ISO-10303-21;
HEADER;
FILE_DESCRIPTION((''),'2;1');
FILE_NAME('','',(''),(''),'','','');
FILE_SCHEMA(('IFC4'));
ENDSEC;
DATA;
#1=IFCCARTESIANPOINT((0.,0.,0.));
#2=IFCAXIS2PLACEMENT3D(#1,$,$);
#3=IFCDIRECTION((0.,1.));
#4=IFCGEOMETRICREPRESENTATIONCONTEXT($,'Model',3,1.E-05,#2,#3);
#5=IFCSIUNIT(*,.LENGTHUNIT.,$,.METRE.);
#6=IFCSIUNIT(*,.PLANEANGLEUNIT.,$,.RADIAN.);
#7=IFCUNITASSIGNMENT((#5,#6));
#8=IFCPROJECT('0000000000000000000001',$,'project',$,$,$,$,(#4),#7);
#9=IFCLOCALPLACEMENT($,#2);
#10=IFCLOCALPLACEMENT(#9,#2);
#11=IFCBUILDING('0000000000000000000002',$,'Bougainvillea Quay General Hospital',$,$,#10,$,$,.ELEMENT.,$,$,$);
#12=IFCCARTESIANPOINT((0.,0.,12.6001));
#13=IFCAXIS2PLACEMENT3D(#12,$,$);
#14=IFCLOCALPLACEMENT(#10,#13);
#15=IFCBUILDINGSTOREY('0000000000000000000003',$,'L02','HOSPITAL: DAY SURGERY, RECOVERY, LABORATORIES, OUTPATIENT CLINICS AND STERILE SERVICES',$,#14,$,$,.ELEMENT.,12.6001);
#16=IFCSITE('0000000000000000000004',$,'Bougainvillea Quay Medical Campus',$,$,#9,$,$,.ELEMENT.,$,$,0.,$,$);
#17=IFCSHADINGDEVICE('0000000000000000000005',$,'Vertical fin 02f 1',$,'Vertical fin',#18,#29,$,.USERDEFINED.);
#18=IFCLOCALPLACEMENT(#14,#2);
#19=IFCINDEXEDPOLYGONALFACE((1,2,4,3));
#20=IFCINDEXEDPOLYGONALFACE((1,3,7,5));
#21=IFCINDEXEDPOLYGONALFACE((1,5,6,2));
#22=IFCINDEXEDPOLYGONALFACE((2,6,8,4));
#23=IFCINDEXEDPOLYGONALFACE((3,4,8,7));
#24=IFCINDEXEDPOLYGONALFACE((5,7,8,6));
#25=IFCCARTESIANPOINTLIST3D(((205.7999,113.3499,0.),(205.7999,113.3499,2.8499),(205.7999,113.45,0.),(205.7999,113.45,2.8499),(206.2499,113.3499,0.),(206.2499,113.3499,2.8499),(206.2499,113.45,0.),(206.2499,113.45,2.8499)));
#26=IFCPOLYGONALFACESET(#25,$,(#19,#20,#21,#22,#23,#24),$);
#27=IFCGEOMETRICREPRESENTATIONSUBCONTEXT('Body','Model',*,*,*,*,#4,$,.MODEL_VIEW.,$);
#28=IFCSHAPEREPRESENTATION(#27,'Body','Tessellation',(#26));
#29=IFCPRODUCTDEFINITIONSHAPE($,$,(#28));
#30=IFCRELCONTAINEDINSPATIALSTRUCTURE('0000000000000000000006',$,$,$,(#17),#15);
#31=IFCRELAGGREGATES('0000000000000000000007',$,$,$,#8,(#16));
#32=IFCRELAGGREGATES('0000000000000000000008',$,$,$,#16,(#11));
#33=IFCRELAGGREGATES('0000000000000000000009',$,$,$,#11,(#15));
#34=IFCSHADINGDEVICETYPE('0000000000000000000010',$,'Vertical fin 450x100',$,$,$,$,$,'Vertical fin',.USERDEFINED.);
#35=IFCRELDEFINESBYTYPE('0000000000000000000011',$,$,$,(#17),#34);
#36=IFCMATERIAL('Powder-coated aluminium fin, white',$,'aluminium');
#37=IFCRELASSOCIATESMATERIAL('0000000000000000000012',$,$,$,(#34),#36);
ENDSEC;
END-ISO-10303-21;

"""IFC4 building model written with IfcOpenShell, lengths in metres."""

from ifc_helpers import new_model, si_unit, direction, frame, origin, origin_2d, place, context, subcontext, project, spatial, rectangle, extrude, material, material_profile, profile_set, type_object, element, save


model = new_model("IFC4")

# Units and contexts
model_context = context("Model", 3, precision=1e-05, world=origin(), true_north=direction((0.0, 1.0)))
body_context = subcontext(model_context, "Body", "Model", "MODEL_VIEW")
ifc_project = project(units=[si_unit("LENGTHUNIT", "METRE"), si_unit("PLANEANGLEUNIT", "RADIAN")], contexts=[model_context])

# Site, building, storey
site_placement = place(None, origin())
site = spatial("IfcSite", under=ifc_project, at=site_placement, Name="Bougainvillea Quay Medical Campus", CompositionType="ELEMENT", RefElevation=0.0)
building_placement = place(site_placement, origin())
building = spatial("IfcBuilding", under=site, at=building_placement, Name="Bougainvillea Quay General Hospital", CompositionType="ELEMENT")
storey_placement = place(building_placement, frame((0.0, 0.0, 12.6001)))
storey = spatial("IfcBuildingStorey", under=building, at=storey_placement, Name="L02", Description="HOSPITAL: DAY SURGERY, RECOVERY, LABORATORIES, OUTPATIENT CLINICS AND STERILE SERVICES", CompositionType="ELEMENT", Elevation=12.6001)

# Shading device
ifc_material_1 = material(Name="Powder-coated aluminium fin, white", Category="aluminium")
ifc_material_profile_1 = material_profile(ifc_material_1, rectangle(XDim=0.45, YDim=0.1001, at=origin_2d()))
ifc_profile_set_1 = profile_set([ifc_material_profile_1], Name="Powder-coated aluminium fin, white")
shading_device_type = type_object("IfcShadingDeviceType", Name="Vertical fin 450x100", ElementType="Vertical fin", PredefinedType="USERDEFINED", material=ifc_profile_set_1)
for number, where, z_axis, x_axis, name in (
    (1, (206.0249, 113.3999, 0.0), (0.0, 0.0, 1.0), (1.0, 0.0, 0.0), "Vertical fin 02f 1"),
):
    element("IfcShadingDevice", number, at=place(storey_placement, frame(where, z_axis=z_axis, x_axis=x_axis)), inside=storey, type_object=shading_device_type, Name=name, ObjectType="Vertical fin", PredefinedType="USERDEFINED", context=body_context, shape_type="SweptSolid", body=[
        extrude(rectangle(XDim=0.45, YDim=0.1001, at=origin_2d()), origin(), (0.0, 0.0, 1.0), 2.8499),
    ])

save(model, "model.ifc")
